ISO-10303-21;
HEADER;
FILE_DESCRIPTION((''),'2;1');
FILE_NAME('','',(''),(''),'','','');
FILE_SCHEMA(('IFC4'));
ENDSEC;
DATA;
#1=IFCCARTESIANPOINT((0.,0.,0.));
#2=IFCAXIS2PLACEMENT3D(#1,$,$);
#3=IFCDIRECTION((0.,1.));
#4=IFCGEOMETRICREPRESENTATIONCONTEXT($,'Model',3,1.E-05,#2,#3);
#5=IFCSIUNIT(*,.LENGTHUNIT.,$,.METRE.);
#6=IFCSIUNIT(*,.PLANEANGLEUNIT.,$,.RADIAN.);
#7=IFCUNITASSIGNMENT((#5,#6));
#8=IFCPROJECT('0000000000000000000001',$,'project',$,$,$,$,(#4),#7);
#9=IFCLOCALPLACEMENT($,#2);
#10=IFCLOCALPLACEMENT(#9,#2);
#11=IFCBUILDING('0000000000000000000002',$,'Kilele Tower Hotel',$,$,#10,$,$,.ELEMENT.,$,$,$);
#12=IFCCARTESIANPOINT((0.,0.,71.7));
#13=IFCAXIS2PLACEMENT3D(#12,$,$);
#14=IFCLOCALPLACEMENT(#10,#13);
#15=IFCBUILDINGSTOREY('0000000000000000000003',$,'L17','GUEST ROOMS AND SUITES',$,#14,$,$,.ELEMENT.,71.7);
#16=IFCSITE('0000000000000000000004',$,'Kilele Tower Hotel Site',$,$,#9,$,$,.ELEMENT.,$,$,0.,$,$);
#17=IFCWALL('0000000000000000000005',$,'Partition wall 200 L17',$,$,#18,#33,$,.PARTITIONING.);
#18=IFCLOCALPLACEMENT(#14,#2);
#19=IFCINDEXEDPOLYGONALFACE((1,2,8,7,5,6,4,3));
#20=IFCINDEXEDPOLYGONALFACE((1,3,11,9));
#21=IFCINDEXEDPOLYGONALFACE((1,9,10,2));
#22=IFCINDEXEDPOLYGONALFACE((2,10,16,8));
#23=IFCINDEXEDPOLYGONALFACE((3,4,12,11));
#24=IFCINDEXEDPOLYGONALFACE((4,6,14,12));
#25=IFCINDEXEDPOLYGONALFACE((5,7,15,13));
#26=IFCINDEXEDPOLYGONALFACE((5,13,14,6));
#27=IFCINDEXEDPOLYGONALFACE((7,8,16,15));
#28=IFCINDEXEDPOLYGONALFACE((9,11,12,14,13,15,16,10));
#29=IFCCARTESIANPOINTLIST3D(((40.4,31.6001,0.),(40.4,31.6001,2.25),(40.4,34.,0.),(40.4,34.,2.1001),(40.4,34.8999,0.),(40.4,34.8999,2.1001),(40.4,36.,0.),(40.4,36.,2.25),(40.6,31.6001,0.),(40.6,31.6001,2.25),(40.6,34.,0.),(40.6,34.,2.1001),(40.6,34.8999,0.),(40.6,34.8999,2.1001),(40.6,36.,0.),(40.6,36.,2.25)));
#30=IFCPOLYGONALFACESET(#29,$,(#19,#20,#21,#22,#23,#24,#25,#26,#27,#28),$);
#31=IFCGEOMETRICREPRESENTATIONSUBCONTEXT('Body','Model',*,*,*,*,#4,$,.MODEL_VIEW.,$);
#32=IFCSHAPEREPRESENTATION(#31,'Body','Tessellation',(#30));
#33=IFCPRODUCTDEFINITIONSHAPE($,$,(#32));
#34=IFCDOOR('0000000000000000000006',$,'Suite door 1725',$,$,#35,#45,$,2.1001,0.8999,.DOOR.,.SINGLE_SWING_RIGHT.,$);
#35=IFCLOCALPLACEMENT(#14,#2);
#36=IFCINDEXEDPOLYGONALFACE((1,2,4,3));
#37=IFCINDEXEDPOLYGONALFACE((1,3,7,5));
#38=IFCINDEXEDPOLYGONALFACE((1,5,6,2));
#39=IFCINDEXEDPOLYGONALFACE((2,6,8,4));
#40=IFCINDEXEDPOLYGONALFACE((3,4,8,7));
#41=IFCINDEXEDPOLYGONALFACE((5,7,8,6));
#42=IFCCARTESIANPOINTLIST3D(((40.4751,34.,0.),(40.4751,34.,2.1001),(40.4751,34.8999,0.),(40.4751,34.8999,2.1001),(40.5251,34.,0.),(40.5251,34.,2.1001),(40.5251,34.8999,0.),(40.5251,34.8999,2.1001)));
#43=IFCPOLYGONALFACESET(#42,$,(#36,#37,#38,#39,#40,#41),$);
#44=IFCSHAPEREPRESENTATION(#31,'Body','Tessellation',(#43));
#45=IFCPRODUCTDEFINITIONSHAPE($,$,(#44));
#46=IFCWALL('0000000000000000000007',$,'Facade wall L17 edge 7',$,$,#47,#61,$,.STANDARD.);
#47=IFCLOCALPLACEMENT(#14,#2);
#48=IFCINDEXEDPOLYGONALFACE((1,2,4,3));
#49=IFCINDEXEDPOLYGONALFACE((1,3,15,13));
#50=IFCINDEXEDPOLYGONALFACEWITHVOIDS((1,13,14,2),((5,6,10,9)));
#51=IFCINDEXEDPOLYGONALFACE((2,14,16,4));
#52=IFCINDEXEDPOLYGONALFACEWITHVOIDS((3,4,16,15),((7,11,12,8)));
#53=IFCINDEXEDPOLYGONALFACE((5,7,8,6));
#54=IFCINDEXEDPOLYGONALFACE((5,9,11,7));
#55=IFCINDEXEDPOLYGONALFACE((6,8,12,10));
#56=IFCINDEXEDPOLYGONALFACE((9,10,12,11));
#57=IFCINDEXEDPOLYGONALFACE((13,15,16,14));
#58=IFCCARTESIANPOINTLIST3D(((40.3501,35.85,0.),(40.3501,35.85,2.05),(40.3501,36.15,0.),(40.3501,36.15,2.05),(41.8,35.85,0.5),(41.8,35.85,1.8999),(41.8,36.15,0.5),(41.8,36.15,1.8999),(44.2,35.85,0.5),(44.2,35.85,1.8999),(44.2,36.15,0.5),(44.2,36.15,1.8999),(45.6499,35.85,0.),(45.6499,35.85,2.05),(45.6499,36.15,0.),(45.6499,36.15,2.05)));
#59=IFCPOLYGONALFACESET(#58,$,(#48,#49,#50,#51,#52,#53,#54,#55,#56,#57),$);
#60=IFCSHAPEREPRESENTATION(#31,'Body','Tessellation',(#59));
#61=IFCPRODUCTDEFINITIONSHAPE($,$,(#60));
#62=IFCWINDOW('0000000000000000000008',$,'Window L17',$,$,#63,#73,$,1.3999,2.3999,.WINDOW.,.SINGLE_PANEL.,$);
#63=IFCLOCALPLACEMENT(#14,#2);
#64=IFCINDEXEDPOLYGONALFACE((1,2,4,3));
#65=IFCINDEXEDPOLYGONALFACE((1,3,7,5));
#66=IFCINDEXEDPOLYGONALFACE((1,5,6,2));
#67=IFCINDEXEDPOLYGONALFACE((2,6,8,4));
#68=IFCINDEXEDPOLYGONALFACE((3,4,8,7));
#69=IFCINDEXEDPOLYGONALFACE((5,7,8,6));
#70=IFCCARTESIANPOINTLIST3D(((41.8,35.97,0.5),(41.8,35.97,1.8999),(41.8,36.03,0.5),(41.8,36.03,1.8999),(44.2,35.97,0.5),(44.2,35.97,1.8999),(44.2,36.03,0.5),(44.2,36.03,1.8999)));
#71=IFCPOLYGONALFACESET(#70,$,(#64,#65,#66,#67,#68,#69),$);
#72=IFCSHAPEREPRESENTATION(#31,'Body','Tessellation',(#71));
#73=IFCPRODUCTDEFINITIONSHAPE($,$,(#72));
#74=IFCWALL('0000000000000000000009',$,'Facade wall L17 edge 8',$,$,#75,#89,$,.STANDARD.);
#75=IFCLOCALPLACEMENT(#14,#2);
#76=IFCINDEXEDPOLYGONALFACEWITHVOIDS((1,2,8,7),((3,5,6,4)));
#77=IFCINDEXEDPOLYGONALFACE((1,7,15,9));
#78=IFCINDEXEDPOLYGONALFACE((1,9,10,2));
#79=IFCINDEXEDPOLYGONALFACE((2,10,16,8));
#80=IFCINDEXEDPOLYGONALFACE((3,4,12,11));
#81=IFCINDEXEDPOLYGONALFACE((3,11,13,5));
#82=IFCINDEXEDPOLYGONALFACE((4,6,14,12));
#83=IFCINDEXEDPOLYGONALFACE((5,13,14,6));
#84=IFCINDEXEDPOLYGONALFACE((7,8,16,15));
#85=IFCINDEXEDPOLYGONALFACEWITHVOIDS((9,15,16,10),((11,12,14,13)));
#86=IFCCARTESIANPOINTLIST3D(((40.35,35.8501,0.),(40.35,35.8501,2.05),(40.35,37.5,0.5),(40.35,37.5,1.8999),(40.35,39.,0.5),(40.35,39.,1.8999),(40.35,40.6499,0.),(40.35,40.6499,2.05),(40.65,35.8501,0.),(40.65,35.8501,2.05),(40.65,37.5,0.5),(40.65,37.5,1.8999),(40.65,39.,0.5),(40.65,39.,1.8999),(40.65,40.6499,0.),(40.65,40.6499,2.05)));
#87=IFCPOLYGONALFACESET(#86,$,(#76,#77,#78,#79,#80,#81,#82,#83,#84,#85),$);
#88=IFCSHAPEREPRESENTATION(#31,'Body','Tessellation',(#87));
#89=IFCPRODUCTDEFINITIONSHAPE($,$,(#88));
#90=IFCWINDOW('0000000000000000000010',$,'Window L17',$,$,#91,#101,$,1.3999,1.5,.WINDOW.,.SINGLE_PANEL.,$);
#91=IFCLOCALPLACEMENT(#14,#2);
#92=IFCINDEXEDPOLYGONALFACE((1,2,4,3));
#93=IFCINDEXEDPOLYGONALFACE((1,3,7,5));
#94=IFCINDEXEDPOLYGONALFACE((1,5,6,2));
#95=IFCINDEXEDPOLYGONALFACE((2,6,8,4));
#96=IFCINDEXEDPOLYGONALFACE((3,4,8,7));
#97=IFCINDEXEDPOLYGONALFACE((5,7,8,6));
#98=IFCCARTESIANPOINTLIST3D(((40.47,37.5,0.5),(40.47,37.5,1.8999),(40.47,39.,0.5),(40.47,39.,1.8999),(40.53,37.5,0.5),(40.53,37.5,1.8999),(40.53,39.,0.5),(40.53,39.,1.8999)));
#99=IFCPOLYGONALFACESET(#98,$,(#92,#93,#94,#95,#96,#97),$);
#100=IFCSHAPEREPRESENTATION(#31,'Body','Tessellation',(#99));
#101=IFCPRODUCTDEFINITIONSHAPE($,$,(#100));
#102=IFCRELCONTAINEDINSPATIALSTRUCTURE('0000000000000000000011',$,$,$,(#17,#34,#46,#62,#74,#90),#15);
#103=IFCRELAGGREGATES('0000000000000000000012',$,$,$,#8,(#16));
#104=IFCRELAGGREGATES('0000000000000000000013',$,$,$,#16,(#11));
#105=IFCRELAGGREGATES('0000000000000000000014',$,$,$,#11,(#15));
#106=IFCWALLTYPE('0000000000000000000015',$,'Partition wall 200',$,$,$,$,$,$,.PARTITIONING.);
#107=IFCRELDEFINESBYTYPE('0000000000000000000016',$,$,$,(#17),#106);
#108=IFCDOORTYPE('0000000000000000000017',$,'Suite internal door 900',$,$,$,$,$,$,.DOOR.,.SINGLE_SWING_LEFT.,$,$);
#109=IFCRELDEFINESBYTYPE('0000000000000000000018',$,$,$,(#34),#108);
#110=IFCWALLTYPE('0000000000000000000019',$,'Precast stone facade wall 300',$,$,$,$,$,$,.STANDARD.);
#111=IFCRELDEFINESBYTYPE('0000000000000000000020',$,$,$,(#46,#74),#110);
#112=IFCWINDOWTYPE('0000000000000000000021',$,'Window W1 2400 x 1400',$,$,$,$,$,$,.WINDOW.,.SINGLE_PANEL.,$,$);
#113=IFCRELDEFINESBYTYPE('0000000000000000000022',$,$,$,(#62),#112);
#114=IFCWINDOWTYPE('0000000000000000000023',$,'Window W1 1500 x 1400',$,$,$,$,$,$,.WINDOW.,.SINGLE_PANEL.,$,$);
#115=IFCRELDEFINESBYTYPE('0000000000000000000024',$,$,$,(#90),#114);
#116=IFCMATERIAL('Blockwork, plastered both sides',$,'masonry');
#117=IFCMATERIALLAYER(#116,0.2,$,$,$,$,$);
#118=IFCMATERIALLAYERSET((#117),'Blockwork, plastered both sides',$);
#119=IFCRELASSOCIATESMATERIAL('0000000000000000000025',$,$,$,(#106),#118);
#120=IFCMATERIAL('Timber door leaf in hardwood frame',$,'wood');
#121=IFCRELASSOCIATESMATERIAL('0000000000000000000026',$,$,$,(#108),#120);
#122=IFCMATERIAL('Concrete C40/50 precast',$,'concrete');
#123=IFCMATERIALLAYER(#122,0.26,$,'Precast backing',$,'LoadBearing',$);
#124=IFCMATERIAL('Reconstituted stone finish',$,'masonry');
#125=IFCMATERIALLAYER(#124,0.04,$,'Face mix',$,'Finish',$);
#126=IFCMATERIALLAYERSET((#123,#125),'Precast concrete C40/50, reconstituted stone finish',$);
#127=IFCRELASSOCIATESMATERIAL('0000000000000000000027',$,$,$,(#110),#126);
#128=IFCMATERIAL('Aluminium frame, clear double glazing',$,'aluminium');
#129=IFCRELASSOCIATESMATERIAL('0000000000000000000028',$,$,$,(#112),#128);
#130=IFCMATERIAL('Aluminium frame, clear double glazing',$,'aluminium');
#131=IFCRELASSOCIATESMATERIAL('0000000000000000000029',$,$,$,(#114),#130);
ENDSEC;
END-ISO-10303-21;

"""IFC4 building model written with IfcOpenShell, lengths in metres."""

from ifc_helpers import new_model, si_unit, direction, frame, frame_2d, origin, place, context, subcontext, project, spatial, rectangle, extrude, material, layer, layer_set, type_object, element, fill, save


model = new_model("IFC4")

# Units and contexts
model_context = context("Model", 3, precision=1e-05, world=origin(), true_north=direction((0.0, 1.0)))
body_context = subcontext(model_context, "Body", "Model", "MODEL_VIEW")
ifc_project = project(units=[si_unit("LENGTHUNIT", "METRE"), si_unit("PLANEANGLEUNIT", "RADIAN")], contexts=[model_context])

# Site, building, storey
site_placement = place(None, origin())
site = spatial("IfcSite", under=ifc_project, at=site_placement, Name="Kilele Tower Hotel Site", CompositionType="ELEMENT", RefElevation=0.0)
building_placement = place(site_placement, origin())
building = spatial("IfcBuilding", under=site, at=building_placement, Name="Kilele Tower Hotel", CompositionType="ELEMENT")
storey_placement = place(building_placement, frame((0.0, 0.0, 71.7)))
storey = spatial("IfcBuildingStorey", under=building, at=storey_placement, Name="L17", Description="GUEST ROOMS AND SUITES", CompositionType="ELEMENT", Elevation=71.7)

# Wall, opening, door
ifc_material_1 = material(Name="Blockwork, plastered both sides", Category="masonry")
ifc_layer_1 = layer(ifc_material_1, 0.2)
ifc_layer_set_1 = layer_set([ifc_layer_1], Name="Blockwork, plastered both sides")
wall_type_1 = type_object("IfcWallType", Name="Partition wall 200", PredefinedType="PARTITIONING", material=ifc_layer_set_1)
wall_1_placement = place(storey_placement, frame((40.5, 31.6001, 0.0), z_axis=(0.0, 0.0, 1.0), x_axis=(0.0, 1.0, 0.0)))
wall_1 = element("IfcWall", 1, at=wall_1_placement, inside=storey, type_object=wall_type_1, Name="Partition wall 200 L17", PredefinedType="PARTITIONING", context=body_context, shape_type="SweptSolid", body=[
    extrude(rectangle(XDim=4.3999, YDim=0.2, at=frame_2d((2.2, 0.0))), origin(), (0.0, 0.0, 1.0), 2.25),
])
opening_1_placement = place(wall_1_placement, frame((2.3999, 0.0, 0.0)))
opening_1 = element("IfcOpeningElement", 2, at=opening_1_placement, cuts=wall_1, PredefinedType="OPENING", context=body_context, shape_type="SweptSolid", body=[
    extrude(rectangle(XDim=0.8999, YDim=2.1001, at=frame_2d((0.45, 1.05))), frame((0.0, 0.1099, 0.0), z_axis=(0.0, -1.0, 0.0), x_axis=(1.0, 0.0, 0.0)), (0.0, 0.0, 1.0), 0.22),
])
ifc_material_2 = material(Name="Timber door leaf in hardwood frame", Category="wood")
door_type_1 = type_object("IfcDoorType", Name="Suite internal door 900", OperationType="SINGLE_SWING_LEFT", PredefinedType="DOOR", material=ifc_material_2)
door_1_placement = place(opening_1_placement, origin())
door_1 = element("IfcDoor", 3, at=door_1_placement, inside=storey, type_object=door_type_1, Name="Suite door 1725", OperationType="SINGLE_SWING_RIGHT", OverallHeight=2.1001, OverallWidth=0.8999, PredefinedType="DOOR", context=body_context, shape_type="SweptSolid", body=[
    extrude(rectangle(XDim=0.8999, YDim=2.1001, at=frame_2d((0.45, 1.05))), frame((0.0, 0.0249, 0.0), z_axis=(0.0, -1.0, 0.0), x_axis=(1.0, 0.0, 0.0)), (0.0, 0.0, 1.0), 0.05),
])
fill(opening_1, door_1)

# Walls, openings, windows
ifc_material_3 = material(Name="Concrete C40/50 precast", Category="concrete")
ifc_layer_2 = layer(ifc_material_3, 0.26, Name="Precast backing", Category="LoadBearing")
ifc_material_4 = material(Name="Reconstituted stone finish", Category="masonry")
ifc_layer_3 = layer(ifc_material_4, 0.04, Name="Face mix", Category="Finish")
ifc_layer_set_2 = layer_set([ifc_layer_2, ifc_layer_3], Name="Precast concrete C40/50, reconstituted stone finish")
wall_type_2 = type_object("IfcWallType", Name="Precast stone facade wall 300", PredefinedType="STANDARD", material=ifc_layer_set_2)
wall_2_placement = place(storey_placement, frame((45.6499, 36.0, 0.0), z_axis=(0.0, 0.0, 1.0), x_axis=(-1.0, 0.0, 0.0)))
wall_2 = element("IfcWall", 4, at=wall_2_placement, inside=storey, type_object=wall_type_2, Name="Facade wall L17 edge 7", PredefinedType="STANDARD", context=body_context, shape_type="SweptSolid", body=[
    extrude(rectangle(XDim=5.2998, YDim=0.3, at=frame_2d((2.6499, 0.0))), origin(), (0.0, 0.0, 1.0), 2.05),
])
opening_2_placement = place(wall_2_placement, frame((1.45, 0.0, 0.5)))
opening_2 = element("IfcOpeningElement", 5, at=opening_2_placement, cuts=wall_2, PredefinedType="OPENING", context=body_context, shape_type="SweptSolid", body=[
    extrude(rectangle(XDim=2.3999, YDim=1.3999, at=frame_2d((1.2, 0.7))), frame((0.0, 0.1599, 0.0), z_axis=(0.0, -1.0, 0.0), x_axis=(1.0, 0.0, 0.0)), (0.0, 0.0, 1.0), 0.3201),
])
ifc_material_5 = material(Name="Aluminium frame, clear double glazing", Category="aluminium")
window_type_1 = type_object("IfcWindowType", Name="Window W1 2400 x 1400", PartitioningType="SINGLE_PANEL", PredefinedType="WINDOW", material=ifc_material_5)
window_1_placement = place(opening_2_placement, origin())
window_1 = element("IfcWindow", 6, at=window_1_placement, inside=storey, type_object=window_type_1, Name="Window L17", OverallHeight=1.3999, OverallWidth=2.3999, PartitioningType="SINGLE_PANEL", PredefinedType="WINDOW", context=body_context, shape_type="SweptSolid", body=[
    extrude(rectangle(XDim=2.3999, YDim=1.3999, at=frame_2d((1.2, 0.7))), frame((0.0, 0.03, 0.0), z_axis=(0.0, -1.0, 0.0), x_axis=(1.0, 0.0, 0.0)), (0.0, 0.0, 1.0), 0.0601),
])
fill(opening_2, window_1)
wall_3_placement = place(storey_placement, frame((40.5, 35.8501, 0.0), z_axis=(0.0, 0.0, 1.0), x_axis=(0.0, 1.0, 0.0)))
wall_3 = element("IfcWall", 7, at=wall_3_placement, inside=storey, type_object=wall_type_2, Name="Facade wall L17 edge 8", PredefinedType="STANDARD", context=body_context, shape_type="SweptSolid", body=[
    extrude(rectangle(XDim=4.7998, YDim=0.3, at=frame_2d((2.3999, 0.0))), origin(), (0.0, 0.0, 1.0), 2.05),
])
opening_3_placement = place(wall_3_placement, frame((1.6499, 0.0, 0.5)))
opening_3 = element("IfcOpeningElement", 8, at=opening_3_placement, cuts=wall_3, PredefinedType="OPENING", context=body_context, shape_type="SweptSolid", body=[
    extrude(rectangle(XDim=1.5, YDim=1.3999, at=frame_2d((0.75, 0.7))), frame((0.0, 0.1599, 0.0), z_axis=(0.0, -1.0, 0.0), x_axis=(1.0, 0.0, 0.0)), (0.0, 0.0, 1.0), 0.3201),
])
ifc_material_6 = material(Name="Aluminium frame, clear double glazing", Category="aluminium")
window_type_2 = type_object("IfcWindowType", Name="Window W1 1500 x 1400", PartitioningType="SINGLE_PANEL", PredefinedType="WINDOW", material=ifc_material_6)
window_2_placement = place(opening_3_placement, origin())
window_2 = element("IfcWindow", 9, at=window_2_placement, inside=storey, type_object=window_type_2, Name="Window L17", OverallHeight=1.3999, OverallWidth=1.5, PartitioningType="SINGLE_PANEL", PredefinedType="WINDOW", context=body_context, shape_type="SweptSolid", body=[
    extrude(rectangle(XDim=1.5, YDim=1.3999, at=frame_2d((0.75, 0.7))), frame((0.0, 0.03, 0.0), z_axis=(0.0, -1.0, 0.0), x_axis=(1.0, 0.0, 0.0)), (0.0, 0.0, 1.0), 0.0601),
])
fill(opening_3, window_2)

save(model, "model.ifc")
